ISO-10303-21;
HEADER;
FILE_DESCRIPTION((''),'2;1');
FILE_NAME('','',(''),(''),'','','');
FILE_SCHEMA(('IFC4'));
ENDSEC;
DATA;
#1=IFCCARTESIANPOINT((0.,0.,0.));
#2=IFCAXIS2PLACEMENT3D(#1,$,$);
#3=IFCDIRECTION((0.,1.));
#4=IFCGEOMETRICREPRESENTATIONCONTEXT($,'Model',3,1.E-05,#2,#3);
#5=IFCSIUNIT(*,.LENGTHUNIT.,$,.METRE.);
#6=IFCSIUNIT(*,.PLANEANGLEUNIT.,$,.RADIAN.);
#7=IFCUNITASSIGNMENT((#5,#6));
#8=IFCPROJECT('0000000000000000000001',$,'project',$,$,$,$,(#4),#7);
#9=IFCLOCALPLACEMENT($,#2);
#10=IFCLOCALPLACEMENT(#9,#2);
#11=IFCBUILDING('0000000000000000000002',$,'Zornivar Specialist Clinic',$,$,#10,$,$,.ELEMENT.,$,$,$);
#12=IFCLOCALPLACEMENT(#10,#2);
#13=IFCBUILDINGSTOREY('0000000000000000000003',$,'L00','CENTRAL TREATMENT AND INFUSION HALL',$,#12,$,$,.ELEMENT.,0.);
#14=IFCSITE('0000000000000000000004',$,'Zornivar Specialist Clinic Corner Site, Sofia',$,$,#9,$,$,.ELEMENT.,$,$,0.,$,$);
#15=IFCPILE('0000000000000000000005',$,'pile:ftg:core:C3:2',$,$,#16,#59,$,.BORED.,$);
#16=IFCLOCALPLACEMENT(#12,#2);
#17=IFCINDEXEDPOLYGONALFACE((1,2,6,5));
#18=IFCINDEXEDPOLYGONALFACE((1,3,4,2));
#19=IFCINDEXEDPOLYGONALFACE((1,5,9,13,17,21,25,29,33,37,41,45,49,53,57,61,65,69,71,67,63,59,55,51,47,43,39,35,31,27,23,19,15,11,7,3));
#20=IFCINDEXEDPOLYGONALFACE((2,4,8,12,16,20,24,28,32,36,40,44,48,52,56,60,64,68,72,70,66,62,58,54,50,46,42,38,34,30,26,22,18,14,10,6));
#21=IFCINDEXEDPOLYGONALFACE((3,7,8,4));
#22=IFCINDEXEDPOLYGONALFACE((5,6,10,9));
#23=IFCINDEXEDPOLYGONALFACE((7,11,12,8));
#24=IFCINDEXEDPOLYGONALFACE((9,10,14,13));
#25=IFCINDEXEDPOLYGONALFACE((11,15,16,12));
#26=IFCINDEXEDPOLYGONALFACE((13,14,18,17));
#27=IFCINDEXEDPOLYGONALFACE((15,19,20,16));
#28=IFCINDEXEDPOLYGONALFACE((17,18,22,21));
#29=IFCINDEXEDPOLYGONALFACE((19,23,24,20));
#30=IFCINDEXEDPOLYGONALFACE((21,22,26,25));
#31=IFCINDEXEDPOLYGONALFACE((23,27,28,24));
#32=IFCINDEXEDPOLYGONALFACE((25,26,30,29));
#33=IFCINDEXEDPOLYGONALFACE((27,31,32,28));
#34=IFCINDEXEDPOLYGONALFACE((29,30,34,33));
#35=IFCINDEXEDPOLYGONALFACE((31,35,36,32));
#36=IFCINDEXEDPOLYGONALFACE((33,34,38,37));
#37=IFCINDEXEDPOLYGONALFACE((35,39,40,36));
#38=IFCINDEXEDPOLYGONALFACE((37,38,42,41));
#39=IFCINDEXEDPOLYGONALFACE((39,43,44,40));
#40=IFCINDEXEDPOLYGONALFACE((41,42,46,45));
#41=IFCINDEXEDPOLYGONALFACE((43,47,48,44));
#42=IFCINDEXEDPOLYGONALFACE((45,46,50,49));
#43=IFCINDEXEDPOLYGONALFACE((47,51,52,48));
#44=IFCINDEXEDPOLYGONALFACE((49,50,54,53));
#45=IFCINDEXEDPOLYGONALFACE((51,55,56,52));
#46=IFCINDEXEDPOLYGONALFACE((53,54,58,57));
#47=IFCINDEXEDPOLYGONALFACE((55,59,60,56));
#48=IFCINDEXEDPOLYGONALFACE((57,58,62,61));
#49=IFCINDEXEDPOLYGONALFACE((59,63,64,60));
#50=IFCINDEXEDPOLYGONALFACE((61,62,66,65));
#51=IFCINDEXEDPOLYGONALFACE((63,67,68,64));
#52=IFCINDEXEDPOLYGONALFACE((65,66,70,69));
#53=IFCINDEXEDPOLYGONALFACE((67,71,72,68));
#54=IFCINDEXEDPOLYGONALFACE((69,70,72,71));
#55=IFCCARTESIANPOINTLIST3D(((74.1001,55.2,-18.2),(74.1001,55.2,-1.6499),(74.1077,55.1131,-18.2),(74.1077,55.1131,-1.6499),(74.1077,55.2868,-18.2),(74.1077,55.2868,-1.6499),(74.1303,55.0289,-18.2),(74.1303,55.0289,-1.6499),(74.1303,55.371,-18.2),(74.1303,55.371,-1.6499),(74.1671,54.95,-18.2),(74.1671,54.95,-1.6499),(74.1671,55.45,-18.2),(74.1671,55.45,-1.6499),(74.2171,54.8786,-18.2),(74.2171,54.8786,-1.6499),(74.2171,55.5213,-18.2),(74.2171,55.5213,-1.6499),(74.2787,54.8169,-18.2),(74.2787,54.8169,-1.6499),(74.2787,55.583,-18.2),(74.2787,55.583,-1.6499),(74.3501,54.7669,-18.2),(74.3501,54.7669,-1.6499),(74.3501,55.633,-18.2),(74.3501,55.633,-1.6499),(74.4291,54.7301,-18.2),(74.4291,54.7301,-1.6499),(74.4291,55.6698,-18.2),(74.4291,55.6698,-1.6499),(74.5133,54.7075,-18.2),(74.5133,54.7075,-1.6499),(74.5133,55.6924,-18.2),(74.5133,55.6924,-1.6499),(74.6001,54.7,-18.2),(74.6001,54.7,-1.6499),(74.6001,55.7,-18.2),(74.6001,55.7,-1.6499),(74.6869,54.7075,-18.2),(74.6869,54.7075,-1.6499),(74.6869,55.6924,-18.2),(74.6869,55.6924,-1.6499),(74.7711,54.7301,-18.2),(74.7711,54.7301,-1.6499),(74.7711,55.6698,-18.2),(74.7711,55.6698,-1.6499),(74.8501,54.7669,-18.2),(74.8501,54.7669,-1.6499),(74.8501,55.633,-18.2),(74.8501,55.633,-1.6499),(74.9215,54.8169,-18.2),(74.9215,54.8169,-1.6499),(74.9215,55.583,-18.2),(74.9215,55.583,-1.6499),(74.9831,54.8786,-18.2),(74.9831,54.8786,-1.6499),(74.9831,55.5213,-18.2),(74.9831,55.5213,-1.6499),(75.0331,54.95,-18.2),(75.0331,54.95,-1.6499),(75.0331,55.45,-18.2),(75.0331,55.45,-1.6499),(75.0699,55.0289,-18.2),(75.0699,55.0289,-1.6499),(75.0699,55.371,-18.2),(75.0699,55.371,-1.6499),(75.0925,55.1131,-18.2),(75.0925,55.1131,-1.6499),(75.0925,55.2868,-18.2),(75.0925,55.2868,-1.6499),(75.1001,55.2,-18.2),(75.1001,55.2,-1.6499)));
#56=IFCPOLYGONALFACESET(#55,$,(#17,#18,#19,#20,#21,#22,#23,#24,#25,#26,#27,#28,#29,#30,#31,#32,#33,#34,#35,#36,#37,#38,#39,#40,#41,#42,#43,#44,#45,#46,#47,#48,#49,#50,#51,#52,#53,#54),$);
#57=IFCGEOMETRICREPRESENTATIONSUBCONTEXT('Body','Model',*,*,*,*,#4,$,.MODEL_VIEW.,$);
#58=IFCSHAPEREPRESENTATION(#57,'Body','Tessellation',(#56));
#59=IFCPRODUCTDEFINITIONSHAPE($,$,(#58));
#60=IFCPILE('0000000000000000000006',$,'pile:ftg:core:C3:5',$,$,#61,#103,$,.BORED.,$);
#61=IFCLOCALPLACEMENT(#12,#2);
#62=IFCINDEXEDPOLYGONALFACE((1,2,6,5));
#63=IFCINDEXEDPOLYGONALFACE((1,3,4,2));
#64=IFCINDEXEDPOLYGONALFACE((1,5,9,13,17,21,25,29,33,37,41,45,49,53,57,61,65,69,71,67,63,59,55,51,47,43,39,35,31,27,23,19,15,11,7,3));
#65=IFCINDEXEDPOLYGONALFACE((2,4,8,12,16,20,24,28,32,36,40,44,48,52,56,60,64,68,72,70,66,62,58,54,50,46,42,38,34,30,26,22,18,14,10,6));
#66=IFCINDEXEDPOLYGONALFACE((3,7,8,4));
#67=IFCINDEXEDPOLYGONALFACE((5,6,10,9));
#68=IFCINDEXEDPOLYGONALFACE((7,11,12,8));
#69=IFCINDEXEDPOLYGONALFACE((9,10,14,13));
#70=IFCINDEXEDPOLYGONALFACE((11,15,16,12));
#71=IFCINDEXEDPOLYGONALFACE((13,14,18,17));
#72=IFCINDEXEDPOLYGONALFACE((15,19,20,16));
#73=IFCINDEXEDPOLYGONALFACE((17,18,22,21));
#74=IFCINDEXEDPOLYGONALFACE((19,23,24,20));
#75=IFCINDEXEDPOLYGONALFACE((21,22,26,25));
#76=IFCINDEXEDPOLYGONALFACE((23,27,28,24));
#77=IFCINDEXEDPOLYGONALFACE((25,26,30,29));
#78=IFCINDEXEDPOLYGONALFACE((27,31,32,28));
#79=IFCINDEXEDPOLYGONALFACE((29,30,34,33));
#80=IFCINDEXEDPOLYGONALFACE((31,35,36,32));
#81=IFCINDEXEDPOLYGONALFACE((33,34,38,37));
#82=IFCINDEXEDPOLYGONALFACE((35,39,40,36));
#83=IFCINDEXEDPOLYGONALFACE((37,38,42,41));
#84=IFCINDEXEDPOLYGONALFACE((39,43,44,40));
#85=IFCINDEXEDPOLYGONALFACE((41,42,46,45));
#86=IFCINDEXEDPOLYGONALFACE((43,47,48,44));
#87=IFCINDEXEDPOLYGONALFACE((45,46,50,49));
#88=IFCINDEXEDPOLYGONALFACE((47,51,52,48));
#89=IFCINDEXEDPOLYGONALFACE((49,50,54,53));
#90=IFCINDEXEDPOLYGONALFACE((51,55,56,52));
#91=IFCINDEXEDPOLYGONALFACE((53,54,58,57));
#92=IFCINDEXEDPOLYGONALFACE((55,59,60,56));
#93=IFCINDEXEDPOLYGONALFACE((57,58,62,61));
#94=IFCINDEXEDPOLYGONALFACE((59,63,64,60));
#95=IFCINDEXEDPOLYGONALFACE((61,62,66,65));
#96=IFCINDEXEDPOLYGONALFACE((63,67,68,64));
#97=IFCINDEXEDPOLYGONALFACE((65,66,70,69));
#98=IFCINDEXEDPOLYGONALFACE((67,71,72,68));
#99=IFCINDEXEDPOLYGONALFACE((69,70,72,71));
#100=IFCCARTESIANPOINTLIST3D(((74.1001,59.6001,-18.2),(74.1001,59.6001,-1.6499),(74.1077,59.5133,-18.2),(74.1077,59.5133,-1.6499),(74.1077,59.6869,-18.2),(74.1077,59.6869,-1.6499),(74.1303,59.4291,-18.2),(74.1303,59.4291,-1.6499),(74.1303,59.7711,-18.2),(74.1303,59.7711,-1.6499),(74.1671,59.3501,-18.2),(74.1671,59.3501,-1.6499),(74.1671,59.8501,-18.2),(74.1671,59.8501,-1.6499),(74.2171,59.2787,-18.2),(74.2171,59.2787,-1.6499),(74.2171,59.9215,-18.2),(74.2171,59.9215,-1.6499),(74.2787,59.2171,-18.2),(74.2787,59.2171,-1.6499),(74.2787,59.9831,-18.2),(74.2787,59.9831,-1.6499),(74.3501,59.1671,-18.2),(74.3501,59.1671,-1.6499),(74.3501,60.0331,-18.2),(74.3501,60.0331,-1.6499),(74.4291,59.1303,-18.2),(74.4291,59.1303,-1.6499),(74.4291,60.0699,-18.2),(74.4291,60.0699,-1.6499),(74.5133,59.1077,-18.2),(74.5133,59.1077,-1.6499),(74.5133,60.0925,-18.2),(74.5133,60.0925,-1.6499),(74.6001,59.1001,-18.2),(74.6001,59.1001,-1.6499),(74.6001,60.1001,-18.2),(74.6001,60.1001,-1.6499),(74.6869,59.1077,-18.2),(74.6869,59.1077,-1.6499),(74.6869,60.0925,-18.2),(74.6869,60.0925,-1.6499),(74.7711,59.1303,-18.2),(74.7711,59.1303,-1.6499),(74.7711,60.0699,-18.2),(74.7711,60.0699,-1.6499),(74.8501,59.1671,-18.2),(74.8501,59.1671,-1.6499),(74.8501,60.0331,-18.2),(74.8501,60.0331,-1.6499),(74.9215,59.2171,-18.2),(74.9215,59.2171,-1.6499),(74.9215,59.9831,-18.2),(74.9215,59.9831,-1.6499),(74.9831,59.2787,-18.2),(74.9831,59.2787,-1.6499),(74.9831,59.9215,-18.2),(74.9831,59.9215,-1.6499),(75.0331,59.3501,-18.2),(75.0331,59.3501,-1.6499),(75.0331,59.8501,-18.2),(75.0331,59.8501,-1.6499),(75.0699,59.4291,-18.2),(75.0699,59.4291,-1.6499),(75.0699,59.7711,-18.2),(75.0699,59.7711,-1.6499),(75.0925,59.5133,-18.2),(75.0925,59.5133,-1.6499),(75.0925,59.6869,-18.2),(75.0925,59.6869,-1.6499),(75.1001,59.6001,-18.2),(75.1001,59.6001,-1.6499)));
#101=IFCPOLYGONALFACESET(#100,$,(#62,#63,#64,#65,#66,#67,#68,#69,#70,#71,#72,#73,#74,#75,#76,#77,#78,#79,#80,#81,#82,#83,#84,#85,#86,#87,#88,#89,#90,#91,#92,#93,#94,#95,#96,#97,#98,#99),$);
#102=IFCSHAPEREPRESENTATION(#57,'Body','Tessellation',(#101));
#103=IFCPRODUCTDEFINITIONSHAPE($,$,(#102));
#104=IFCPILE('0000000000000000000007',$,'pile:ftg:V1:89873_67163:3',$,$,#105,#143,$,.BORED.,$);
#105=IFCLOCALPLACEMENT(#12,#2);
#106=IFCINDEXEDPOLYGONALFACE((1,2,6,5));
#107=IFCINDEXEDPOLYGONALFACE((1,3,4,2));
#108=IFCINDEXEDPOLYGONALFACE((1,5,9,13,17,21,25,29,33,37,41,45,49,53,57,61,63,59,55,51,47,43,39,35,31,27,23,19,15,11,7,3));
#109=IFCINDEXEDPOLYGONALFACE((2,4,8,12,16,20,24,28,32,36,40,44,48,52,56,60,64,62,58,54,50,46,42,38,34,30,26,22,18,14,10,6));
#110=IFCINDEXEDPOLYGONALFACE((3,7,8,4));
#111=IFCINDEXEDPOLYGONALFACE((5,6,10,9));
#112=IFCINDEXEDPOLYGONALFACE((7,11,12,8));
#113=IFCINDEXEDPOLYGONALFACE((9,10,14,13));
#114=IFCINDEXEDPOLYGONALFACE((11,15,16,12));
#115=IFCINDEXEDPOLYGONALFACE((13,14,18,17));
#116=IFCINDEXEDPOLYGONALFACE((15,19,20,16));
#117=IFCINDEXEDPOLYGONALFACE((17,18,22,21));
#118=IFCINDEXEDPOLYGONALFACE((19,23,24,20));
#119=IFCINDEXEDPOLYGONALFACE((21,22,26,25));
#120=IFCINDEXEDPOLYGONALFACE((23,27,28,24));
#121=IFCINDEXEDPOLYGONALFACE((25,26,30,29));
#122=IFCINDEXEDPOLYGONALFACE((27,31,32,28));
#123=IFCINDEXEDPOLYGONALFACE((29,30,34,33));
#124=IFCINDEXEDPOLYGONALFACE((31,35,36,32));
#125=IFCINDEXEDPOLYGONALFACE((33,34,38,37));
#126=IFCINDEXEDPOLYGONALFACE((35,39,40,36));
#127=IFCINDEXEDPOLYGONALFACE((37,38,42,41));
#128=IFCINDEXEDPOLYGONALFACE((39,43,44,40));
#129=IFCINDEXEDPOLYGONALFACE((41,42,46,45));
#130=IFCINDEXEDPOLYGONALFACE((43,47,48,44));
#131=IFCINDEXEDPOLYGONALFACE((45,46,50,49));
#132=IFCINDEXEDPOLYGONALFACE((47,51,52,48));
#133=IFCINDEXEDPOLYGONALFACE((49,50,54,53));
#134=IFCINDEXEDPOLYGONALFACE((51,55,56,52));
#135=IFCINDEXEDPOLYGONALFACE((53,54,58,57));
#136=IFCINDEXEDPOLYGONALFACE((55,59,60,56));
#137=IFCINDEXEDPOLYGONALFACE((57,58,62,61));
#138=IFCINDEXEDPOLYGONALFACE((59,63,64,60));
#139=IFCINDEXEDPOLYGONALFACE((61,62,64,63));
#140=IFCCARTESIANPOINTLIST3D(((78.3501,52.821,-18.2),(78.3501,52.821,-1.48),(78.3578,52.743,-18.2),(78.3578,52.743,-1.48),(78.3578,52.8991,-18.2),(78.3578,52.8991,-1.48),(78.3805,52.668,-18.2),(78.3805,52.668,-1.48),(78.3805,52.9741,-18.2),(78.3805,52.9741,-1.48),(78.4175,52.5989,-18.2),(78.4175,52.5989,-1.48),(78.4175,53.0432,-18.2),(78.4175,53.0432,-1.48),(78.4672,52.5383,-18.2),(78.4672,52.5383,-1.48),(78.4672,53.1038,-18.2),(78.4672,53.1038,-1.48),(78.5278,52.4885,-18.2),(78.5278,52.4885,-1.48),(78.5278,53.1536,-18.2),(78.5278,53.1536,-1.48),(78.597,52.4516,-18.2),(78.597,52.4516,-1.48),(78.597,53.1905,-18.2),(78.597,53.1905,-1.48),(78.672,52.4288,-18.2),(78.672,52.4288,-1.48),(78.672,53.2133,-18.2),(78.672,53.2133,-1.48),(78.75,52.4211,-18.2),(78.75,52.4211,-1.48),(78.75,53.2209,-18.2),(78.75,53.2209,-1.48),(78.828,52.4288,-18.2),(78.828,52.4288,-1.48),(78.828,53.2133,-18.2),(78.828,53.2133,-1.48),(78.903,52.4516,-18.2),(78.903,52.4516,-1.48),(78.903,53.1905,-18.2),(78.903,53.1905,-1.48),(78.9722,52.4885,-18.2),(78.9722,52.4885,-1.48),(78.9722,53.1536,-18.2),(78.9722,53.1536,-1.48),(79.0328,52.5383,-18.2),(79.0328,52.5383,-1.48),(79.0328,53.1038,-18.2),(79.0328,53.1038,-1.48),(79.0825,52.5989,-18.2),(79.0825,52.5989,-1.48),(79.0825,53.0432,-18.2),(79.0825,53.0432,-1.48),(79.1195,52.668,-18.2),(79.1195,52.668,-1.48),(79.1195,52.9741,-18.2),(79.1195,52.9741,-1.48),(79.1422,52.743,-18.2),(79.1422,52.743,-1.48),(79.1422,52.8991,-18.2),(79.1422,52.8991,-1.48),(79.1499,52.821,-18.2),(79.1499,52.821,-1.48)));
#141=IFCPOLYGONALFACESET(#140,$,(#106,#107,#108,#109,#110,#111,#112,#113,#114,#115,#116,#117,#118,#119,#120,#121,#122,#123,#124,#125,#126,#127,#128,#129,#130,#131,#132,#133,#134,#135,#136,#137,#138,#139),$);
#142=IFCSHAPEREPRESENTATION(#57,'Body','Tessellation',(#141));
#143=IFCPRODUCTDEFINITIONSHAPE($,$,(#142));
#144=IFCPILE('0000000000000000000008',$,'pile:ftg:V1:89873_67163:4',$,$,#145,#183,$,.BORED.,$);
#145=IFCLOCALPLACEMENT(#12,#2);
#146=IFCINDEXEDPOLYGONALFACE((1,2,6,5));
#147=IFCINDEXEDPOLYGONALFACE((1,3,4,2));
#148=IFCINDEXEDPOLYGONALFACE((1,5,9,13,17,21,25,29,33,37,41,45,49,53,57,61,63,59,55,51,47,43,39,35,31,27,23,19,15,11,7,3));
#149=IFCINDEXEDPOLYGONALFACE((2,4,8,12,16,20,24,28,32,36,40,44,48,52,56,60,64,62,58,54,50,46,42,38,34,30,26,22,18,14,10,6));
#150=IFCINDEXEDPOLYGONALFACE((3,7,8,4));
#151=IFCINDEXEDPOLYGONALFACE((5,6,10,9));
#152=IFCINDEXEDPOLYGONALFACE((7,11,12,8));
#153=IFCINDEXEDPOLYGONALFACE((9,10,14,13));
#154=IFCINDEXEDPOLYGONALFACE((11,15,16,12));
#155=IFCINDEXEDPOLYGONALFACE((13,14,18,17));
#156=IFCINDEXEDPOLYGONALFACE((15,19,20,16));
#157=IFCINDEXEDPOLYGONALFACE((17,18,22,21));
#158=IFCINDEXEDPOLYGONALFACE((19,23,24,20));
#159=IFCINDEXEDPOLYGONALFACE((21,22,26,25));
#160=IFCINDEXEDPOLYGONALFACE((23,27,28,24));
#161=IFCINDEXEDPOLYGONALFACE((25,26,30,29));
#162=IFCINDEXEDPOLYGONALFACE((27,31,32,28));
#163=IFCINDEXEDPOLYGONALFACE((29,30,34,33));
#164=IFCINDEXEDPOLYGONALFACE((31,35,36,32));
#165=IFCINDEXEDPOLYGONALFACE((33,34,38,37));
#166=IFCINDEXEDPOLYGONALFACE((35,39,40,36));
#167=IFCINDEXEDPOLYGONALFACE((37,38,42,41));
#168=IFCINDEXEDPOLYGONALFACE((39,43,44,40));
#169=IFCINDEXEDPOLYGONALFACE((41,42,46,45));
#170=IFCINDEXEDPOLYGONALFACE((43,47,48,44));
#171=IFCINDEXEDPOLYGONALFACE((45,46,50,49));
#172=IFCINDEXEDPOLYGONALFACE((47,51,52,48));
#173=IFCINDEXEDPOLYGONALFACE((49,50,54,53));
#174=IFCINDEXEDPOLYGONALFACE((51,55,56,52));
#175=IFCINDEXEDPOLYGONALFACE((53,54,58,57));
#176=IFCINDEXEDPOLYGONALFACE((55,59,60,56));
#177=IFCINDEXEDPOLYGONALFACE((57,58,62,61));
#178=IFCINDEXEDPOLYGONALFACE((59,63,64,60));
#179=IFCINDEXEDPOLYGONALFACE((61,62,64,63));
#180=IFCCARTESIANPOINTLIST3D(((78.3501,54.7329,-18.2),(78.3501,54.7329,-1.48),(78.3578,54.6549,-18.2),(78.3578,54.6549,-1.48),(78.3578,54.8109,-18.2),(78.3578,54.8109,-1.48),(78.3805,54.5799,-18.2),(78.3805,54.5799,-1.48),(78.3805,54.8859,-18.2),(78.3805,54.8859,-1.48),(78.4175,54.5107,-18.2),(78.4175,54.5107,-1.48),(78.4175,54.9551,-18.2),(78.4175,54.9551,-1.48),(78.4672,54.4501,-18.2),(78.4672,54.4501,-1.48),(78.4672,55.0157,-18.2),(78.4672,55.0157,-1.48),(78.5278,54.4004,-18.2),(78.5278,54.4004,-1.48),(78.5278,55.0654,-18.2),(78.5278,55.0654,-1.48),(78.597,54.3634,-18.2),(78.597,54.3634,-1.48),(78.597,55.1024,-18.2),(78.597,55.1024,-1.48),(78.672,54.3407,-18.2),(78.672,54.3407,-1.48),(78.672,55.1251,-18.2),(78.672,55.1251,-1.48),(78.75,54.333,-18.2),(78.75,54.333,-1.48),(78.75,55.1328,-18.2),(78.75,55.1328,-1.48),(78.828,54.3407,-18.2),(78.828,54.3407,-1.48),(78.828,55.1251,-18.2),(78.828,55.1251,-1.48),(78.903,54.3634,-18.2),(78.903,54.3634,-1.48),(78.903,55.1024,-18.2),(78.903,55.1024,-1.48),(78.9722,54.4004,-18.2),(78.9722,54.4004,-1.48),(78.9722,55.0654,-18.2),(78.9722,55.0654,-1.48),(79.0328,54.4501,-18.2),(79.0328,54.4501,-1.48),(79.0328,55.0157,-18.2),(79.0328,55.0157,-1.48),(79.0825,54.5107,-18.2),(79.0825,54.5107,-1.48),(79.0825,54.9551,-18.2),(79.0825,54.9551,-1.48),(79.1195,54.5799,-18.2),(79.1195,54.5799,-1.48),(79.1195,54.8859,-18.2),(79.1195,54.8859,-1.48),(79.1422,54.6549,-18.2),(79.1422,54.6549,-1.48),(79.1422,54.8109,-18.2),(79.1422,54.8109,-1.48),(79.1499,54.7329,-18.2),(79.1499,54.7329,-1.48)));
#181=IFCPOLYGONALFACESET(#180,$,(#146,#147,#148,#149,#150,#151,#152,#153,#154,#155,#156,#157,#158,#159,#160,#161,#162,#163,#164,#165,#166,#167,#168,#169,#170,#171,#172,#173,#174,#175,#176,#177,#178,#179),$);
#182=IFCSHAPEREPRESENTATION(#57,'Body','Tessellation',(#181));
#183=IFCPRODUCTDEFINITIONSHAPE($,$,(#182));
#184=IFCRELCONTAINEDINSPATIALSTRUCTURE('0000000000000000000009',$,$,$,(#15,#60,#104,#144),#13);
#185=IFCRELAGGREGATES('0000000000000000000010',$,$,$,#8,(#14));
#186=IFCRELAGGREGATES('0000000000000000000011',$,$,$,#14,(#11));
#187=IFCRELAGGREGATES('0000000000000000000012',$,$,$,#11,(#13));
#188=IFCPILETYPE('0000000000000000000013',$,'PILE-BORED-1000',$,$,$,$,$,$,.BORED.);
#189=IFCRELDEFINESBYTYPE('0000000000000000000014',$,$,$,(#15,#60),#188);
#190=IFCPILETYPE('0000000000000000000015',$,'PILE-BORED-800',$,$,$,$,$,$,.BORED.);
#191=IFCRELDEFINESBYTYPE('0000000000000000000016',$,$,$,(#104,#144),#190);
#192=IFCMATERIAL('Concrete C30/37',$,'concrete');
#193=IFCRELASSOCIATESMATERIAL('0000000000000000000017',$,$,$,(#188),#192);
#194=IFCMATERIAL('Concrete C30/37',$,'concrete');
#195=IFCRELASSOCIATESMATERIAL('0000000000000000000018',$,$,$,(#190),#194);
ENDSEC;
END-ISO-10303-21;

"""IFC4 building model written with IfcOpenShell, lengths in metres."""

from ifc_helpers import new_model, si_unit, direction, frame, origin, origin_2d, place, context, subcontext, project, spatial, circle, extrude, material, material_profile, profile_set, type_object, element, save


model = new_model("IFC4")

# Units and contexts
model_context = context("Model", 3, precision=1e-05, world=origin(), true_north=direction((0.0, 1.0)))
body_context = subcontext(model_context, "Body", "Model", "MODEL_VIEW")
ifc_project = project(units=[si_unit("LENGTHUNIT", "METRE"), si_unit("PLANEANGLEUNIT", "RADIAN")], contexts=[model_context])

# Site, building, storey
site_placement = place(None, origin())
site = spatial("IfcSite", under=ifc_project, at=site_placement, Name="Zornivar Specialist Clinic Corner Site, Sofia", CompositionType="ELEMENT", RefElevation=0.0)
building_placement = place(site_placement, origin())
building = spatial("IfcBuilding", under=site, at=building_placement, Name="Zornivar Specialist Clinic", CompositionType="ELEMENT")
storey_placement = place(building_placement, origin())
storey = spatial("IfcBuildingStorey", under=building, at=storey_placement, Name="L00", Description="CENTRAL TREATMENT AND INFUSION HALL", CompositionType="ELEMENT", Elevation=0.0)

# Piles
ifc_material_1 = material(Name="Concrete C30/37", Category="concrete")
ifc_material_profile_1 = material_profile(ifc_material_1, circle(Radius=0.5, at=origin_2d()), Name="PILE D1000")
ifc_profile_set_1 = profile_set([ifc_material_profile_1], Name="Concrete C30/37")
pile_type_1 = type_object("IfcPileType", Name="PILE-BORED-1000", PredefinedType="BORED", material=ifc_profile_set_1)
for number, where, z_axis, x_axis, name in (
    (1, (74.6001, 55.2, -1.6499), (0.0, 0.0, -1.0), (1.0, 0.0, 0.0), "pile:ftg:core:C3:2"),
    (2, (74.6001, 59.6001, -1.6499), (0.0, 0.0, -1.0), (1.0, 0.0, 0.0), "pile:ftg:core:C3:5"),
):
    element("IfcPile", number, at=place(storey_placement, frame(where, z_axis=z_axis, x_axis=x_axis)), inside=storey, type_object=pile_type_1, Name=name, PredefinedType="BORED", context=body_context, shape_type="SweptSolid", body=[
        extrude(circle(Radius=0.5, at=origin_2d()), origin(), (0.0, 0.0, 1.0), 16.55),
    ])
ifc_material_2 = material(Name="Concrete C30/37", Category="concrete")
ifc_material_profile_2 = material_profile(ifc_material_2, circle(Radius=0.3999, at=origin_2d()), Name="PILE D800")
ifc_profile_set_2 = profile_set([ifc_material_profile_2], Name="Concrete C30/37")
pile_type_2 = type_object("IfcPileType", Name="PILE-BORED-800", PredefinedType="BORED", material=ifc_profile_set_2)
for number, where, z_axis, x_axis, name in (
    (3, (78.75, 52.821, -1.48), (0.0, 0.0, -1.0), (1.0, 0.0, 0.0), "pile:ftg:V1:89873_67163:3"),
    (4, (78.75, 54.7329, -1.48), (0.0, 0.0, -1.0), (1.0, 0.0, 0.0), "pile:ftg:V1:89873_67163:4"),
):
    element("IfcPile", number, at=place(storey_placement, frame(where, z_axis=z_axis, x_axis=x_axis)), inside=storey, type_object=pile_type_2, Name=name, PredefinedType="BORED", context=body_context, shape_type="SweptSolid", body=[
        extrude(circle(Radius=0.3999, at=origin_2d()), origin(), (0.0, 0.0, 1.0), 16.72),
    ])

save(model, "model.ifc")
